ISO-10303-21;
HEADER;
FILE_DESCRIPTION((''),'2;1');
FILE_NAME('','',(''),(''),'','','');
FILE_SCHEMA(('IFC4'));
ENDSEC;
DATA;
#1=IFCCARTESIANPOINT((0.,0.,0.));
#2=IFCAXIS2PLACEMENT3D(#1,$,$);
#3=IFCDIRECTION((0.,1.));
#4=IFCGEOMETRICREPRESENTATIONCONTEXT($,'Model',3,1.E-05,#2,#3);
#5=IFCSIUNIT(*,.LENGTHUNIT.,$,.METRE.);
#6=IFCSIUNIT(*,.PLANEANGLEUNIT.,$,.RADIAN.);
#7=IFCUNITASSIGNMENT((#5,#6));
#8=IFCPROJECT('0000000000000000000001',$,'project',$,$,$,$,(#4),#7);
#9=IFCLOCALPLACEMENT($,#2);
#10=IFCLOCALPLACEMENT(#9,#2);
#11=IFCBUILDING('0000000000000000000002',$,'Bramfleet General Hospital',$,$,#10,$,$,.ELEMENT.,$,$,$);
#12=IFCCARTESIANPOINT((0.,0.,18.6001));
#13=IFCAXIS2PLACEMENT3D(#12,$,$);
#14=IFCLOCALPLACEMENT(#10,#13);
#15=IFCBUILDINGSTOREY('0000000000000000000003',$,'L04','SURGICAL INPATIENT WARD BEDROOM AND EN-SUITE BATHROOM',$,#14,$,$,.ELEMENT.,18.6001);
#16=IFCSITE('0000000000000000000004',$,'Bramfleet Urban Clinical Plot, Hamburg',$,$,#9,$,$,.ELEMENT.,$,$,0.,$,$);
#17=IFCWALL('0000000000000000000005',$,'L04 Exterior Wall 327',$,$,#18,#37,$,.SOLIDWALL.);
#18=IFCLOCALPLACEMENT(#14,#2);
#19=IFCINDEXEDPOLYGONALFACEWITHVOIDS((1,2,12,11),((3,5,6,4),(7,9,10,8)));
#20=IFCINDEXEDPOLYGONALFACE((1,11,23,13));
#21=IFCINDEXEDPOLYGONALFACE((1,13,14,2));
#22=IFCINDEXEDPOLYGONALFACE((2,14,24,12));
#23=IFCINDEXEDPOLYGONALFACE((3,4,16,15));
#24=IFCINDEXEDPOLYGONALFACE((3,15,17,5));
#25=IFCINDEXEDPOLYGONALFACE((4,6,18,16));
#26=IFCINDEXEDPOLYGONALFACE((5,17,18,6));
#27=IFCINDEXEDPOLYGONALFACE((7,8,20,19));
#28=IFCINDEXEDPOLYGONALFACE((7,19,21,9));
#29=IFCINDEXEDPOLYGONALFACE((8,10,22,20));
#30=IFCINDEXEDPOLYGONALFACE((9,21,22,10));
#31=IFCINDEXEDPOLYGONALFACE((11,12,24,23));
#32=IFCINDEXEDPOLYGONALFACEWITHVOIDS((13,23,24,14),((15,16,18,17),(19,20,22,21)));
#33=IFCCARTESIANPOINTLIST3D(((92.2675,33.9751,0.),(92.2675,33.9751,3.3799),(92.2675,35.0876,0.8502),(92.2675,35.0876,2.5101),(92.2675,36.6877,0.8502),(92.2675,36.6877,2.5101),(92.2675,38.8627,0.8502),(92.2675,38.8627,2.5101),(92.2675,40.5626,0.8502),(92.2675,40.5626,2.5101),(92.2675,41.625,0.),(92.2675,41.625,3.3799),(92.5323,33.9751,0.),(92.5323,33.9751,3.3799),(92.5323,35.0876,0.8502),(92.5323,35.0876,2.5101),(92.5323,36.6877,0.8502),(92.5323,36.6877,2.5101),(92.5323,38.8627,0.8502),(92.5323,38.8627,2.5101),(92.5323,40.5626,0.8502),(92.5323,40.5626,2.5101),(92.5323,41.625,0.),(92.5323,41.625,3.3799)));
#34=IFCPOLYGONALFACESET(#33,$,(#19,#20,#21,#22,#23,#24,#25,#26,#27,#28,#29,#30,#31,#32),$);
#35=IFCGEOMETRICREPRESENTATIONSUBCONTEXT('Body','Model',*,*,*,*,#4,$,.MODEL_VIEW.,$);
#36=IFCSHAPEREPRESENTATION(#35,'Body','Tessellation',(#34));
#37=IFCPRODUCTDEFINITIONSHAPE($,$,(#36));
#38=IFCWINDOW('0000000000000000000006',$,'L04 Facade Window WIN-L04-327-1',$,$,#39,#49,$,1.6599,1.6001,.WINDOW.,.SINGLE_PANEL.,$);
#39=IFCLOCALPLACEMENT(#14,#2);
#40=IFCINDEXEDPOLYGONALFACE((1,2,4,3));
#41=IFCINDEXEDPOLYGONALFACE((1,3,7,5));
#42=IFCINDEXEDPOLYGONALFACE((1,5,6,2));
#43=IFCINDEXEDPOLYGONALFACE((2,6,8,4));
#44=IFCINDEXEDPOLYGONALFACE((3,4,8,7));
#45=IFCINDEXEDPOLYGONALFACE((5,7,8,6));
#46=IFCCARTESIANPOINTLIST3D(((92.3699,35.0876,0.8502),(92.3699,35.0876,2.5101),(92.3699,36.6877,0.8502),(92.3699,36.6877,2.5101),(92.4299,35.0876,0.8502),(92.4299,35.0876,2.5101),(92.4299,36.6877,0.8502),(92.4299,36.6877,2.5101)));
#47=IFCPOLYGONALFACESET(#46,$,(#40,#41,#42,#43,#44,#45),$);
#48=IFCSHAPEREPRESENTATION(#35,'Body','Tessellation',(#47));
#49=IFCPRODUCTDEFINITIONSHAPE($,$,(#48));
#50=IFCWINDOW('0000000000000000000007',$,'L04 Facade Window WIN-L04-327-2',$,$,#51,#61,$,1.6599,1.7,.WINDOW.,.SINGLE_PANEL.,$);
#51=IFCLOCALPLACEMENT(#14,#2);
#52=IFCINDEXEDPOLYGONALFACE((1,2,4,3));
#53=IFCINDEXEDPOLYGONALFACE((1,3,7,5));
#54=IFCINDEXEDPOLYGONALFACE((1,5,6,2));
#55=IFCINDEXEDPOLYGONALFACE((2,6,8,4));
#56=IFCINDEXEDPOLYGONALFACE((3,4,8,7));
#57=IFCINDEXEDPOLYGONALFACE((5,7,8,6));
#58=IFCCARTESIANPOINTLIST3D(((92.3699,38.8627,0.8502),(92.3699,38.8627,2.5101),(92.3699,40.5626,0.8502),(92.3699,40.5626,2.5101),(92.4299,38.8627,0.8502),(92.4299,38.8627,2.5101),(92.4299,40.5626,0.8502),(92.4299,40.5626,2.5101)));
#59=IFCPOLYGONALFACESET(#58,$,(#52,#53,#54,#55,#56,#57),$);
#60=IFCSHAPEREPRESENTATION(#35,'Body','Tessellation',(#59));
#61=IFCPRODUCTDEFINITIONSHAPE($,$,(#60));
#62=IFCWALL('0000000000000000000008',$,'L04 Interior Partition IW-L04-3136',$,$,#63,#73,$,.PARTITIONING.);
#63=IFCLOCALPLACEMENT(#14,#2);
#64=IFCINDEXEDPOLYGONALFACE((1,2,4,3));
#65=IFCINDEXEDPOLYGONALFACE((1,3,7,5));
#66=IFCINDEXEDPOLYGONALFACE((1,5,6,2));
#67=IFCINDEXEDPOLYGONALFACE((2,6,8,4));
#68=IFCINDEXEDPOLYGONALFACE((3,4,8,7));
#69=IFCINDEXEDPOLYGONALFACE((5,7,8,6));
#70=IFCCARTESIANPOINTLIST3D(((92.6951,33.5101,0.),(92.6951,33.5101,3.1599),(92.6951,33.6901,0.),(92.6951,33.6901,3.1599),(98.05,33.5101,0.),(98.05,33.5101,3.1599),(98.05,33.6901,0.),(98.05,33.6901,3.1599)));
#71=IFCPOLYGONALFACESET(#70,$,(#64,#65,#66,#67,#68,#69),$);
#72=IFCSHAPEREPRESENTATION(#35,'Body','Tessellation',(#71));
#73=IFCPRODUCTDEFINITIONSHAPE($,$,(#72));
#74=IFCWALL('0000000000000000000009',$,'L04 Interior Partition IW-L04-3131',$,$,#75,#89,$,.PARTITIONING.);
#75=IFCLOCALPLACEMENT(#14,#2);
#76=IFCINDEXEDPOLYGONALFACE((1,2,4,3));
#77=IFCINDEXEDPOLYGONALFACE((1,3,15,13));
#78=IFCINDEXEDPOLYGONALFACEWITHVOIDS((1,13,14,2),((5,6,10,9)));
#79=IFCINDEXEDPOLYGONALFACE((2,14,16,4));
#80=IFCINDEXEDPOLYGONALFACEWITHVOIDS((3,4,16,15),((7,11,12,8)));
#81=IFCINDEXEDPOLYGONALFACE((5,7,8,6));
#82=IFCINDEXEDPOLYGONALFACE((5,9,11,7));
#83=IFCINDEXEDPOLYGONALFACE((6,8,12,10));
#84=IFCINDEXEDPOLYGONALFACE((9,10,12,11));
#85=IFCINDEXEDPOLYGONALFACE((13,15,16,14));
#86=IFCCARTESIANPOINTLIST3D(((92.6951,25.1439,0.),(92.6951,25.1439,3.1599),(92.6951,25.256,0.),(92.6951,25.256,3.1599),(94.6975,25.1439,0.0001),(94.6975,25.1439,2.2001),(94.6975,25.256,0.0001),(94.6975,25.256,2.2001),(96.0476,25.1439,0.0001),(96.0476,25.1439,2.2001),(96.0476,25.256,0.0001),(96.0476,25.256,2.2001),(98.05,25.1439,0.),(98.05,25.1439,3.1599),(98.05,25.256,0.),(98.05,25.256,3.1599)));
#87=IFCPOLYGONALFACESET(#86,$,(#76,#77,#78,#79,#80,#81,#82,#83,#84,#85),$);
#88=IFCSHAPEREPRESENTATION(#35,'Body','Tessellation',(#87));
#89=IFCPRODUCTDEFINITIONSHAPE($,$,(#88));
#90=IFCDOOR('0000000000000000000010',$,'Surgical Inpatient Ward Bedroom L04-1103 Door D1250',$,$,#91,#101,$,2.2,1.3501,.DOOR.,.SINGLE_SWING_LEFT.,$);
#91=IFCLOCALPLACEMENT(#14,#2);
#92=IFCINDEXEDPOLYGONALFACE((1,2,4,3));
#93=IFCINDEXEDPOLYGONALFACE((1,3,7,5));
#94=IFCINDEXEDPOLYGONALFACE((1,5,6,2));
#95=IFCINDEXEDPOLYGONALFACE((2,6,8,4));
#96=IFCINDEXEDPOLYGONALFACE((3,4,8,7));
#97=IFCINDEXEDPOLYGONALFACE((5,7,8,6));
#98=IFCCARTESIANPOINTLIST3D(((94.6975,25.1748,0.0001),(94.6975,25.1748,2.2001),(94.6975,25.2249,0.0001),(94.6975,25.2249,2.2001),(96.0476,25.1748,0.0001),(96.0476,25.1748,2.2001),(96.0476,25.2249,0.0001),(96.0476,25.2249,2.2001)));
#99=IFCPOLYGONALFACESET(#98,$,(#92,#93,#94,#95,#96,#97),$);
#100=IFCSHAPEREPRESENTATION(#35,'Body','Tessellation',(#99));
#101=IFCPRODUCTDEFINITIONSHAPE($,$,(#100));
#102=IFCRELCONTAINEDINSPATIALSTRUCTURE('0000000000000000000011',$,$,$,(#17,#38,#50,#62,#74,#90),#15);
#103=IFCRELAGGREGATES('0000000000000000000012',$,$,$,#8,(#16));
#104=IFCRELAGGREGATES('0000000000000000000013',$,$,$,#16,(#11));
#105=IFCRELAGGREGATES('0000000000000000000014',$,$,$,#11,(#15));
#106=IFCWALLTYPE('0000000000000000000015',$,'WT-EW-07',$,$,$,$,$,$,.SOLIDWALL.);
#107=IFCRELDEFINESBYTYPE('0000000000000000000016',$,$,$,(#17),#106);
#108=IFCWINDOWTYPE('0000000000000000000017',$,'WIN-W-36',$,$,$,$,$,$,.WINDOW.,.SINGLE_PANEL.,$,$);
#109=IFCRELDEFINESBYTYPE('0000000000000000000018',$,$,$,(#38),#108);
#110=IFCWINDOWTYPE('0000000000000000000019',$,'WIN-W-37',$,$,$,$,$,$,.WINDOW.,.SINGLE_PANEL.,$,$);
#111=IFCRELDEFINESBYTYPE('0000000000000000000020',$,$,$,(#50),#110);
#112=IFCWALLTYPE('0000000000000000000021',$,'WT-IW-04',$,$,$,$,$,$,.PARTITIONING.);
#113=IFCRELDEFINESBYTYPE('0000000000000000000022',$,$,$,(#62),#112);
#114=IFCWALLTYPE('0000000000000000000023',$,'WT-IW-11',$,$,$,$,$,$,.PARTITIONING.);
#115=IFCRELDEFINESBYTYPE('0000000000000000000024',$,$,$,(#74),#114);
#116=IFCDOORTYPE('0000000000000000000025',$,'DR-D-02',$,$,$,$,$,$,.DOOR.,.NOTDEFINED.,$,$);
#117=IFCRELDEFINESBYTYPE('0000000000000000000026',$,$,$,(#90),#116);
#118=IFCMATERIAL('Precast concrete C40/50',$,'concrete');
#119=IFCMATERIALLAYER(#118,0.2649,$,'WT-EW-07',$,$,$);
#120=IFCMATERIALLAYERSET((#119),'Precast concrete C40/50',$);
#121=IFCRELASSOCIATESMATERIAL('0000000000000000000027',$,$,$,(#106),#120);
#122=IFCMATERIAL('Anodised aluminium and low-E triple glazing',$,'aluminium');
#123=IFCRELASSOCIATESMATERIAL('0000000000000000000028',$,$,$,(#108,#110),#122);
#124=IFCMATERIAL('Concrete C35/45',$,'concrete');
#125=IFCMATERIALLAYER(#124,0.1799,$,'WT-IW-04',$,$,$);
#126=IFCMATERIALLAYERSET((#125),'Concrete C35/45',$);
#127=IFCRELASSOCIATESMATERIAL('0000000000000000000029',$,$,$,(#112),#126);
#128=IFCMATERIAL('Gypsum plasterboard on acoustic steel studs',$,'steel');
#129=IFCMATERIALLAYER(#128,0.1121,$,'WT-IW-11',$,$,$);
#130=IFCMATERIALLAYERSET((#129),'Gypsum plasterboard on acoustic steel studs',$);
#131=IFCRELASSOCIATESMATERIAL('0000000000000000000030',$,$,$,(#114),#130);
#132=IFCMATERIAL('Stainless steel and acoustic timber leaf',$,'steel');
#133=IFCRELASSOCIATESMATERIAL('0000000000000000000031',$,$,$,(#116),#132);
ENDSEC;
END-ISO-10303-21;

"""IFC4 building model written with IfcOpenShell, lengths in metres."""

from ifc_helpers import new_model, si_unit, direction, frame, frame_2d, origin, place, context, subcontext, project, spatial, rectangle, extrude, material, layer, layer_set, type_object, element, fill, save


model = new_model("IFC4")

# Units and contexts
model_context = context("Model", 3, precision=1e-05, world=origin(), true_north=direction((0.0, 1.0)))
body_context = subcontext(model_context, "Body", "Model", "MODEL_VIEW")
ifc_project = project(units=[si_unit("LENGTHUNIT", "METRE"), si_unit("PLANEANGLEUNIT", "RADIAN")], contexts=[model_context])

# Site, building, storey
site_placement = place(None, origin())
site = spatial("IfcSite", under=ifc_project, at=site_placement, Name="Bramfleet Urban Clinical Plot, Hamburg", CompositionType="ELEMENT", RefElevation=0.0)
building_placement = place(site_placement, origin())
building = spatial("IfcBuilding", under=site, at=building_placement, Name="Bramfleet General Hospital", CompositionType="ELEMENT")
storey_placement = place(building_placement, frame((0.0, 0.0, 18.6001)))
storey = spatial("IfcBuildingStorey", under=building, at=storey_placement, Name="L04", Description="SURGICAL INPATIENT WARD BEDROOM AND EN-SUITE BATHROOM", CompositionType="ELEMENT", Elevation=18.6001)

# Wall, openings, windows
ifc_material_1 = material(Name="Precast concrete C40/50", Category="concrete")
ifc_material_2 = material(Name="Anodised aluminium and low-E triple glazing", Category="aluminium")
ifc_layer_1 = layer(ifc_material_1, 0.2649, Name="WT-EW-07")
ifc_layer_set_1 = layer_set([ifc_layer_1], Name="Precast concrete C40/50")
wall_type_1 = type_object("IfcWallType", Name="WT-EW-07", PredefinedType="SOLIDWALL", material=ifc_layer_set_1)
wall_1_placement = place(storey_placement, frame((92.3999, 33.9751, 0.0), z_axis=(0.0, 0.0, 1.0), x_axis=(0.0, 1.0, 0.0)))
wall_1 = element("IfcWall", 1, at=wall_1_placement, inside=storey, type_object=wall_type_1, Name="L04 Exterior Wall 327", PredefinedType="SOLIDWALL", context=body_context, shape_type="SweptSolid", body=[
    extrude(rectangle(XDim=7.6499, YDim=0.2649, at=frame_2d((3.825, 0.0))), origin(), (0.0, 0.0, 1.0), 3.3799),
])
opening_1_placement = place(wall_1_placement, frame((1.1125, 0.0, 0.8501)))
opening_1 = element("IfcOpeningElement", 2, at=opening_1_placement, cuts=wall_1, PredefinedType="OPENING", context=body_context, shape_type="SweptSolid", body=[
    extrude(rectangle(XDim=1.6001, YDim=1.6599, at=frame_2d((0.8, 0.8301))), frame((0.0, 0.1423, 0.0), z_axis=(0.0, -1.0, 0.0), x_axis=(1.0, 0.0, 0.0)), (0.0, 0.0, 1.0), 0.2849),
])
opening_2_placement = place(wall_1_placement, frame((4.8875, 0.0, 0.8501)))
opening_2 = element("IfcOpeningElement", 3, at=opening_2_placement, cuts=wall_1, PredefinedType="OPENING", context=body_context, shape_type="SweptSolid", body=[
    extrude(rectangle(XDim=1.7, YDim=1.6599, at=frame_2d((0.8501, 0.8301))), frame((0.0, 0.1423, 0.0), z_axis=(0.0, -1.0, 0.0), x_axis=(1.0, 0.0, 0.0)), (0.0, 0.0, 1.0), 0.2849),
])
window_type_1 = type_object("IfcWindowType", Name="WIN-W-36", PartitioningType="SINGLE_PANEL", PredefinedType="WINDOW", material=ifc_material_2)
window_1_placement = place(opening_1_placement, origin())
window_1 = element("IfcWindow", 4, at=window_1_placement, inside=storey, type_object=window_type_1, Name="L04 Facade Window WIN-L04-327-1", OverallHeight=1.6599, OverallWidth=1.6001, PartitioningType="SINGLE_PANEL", PredefinedType="WINDOW", context=body_context, shape_type="SweptSolid", body=[
    extrude(rectangle(XDim=1.6001, YDim=1.6599, at=frame_2d((0.8, 0.8301))), frame((0.0, 0.03, 0.0), z_axis=(0.0, -1.0, 0.0), x_axis=(1.0, 0.0, 0.0)), (0.0, 0.0, 1.0), 0.0601),
])
fill(opening_1, window_1)
window_type_2 = type_object("IfcWindowType", Name="WIN-W-37", PartitioningType="SINGLE_PANEL", PredefinedType="WINDOW", material=ifc_material_2)
window_2_placement = place(opening_2_placement, origin())
window_2 = element("IfcWindow", 5, at=window_2_placement, inside=storey, type_object=window_type_2, Name="L04 Facade Window WIN-L04-327-2", OverallHeight=1.6599, OverallWidth=1.7, PartitioningType="SINGLE_PANEL", PredefinedType="WINDOW", context=body_context, shape_type="SweptSolid", body=[
    extrude(rectangle(XDim=1.7, YDim=1.6599, at=frame_2d((0.8501, 0.8301))), frame((0.0, 0.03, 0.0), z_axis=(0.0, -1.0, 0.0), x_axis=(1.0, 0.0, 0.0)), (0.0, 0.0, 1.0), 0.0601),
])
fill(opening_2, window_2)

# Wall
ifc_material_3 = material(Name="Concrete C35/45", Category="concrete")
ifc_layer_2 = layer(ifc_material_3, 0.1799, Name="WT-IW-04")
ifc_layer_set_2 = layer_set([ifc_layer_2], Name="Concrete C35/45")
wall_type_2 = type_object("IfcWallType", Name="WT-IW-04", PredefinedType="PARTITIONING", material=ifc_layer_set_2)
wall_2_placement = place(storey_placement, frame((92.6951, 33.6001, 0.0), z_axis=(0.0, 0.0, 1.0), x_axis=(1.0, 0.0, 0.0)))
element("IfcWall", 6, at=wall_2_placement, inside=storey, type_object=wall_type_2, Name="L04 Interior Partition IW-L04-3136", PredefinedType="PARTITIONING", context=body_context, shape_type="SweptSolid", body=[
    extrude(rectangle(XDim=5.355, YDim=0.1799, at=frame_2d((2.6775, 0.0))), origin(), (0.0, 0.0, 1.0), 3.1599),
])

# Wall, opening, door
ifc_material_4 = material(Name="Gypsum plasterboard on acoustic steel studs", Category="steel")
ifc_layer_3 = layer(ifc_material_4, 0.1121, Name="WT-IW-11")
ifc_layer_set_3 = layer_set([ifc_layer_3], Name="Gypsum plasterboard on acoustic steel studs")
wall_type_3 = type_object("IfcWallType", Name="WT-IW-11", PredefinedType="PARTITIONING", material=ifc_layer_set_3)
wall_3_placement = place(storey_placement, frame((92.6951, 25.2, 0.0), z_axis=(0.0, 0.0, 1.0), x_axis=(1.0, 0.0, 0.0)))
wall_3 = element("IfcWall", 7, at=wall_3_placement, inside=storey, type_object=wall_type_3, Name="L04 Interior Partition IW-L04-3131", PredefinedType="PARTITIONING", context=body_context, shape_type="SweptSolid", body=[
    extrude(rectangle(XDim=5.355, YDim=0.1121, at=frame_2d((2.6775, 0.0))), origin(), (0.0, 0.0, 1.0), 3.1599),
])
opening_3_placement = place(wall_3_placement, frame((2.0024, 0.0, 0.0)))
opening_3 = element("IfcOpeningElement", 8, at=opening_3_placement, cuts=wall_3, PredefinedType="OPENING", context=body_context, shape_type="SweptSolid", body=[
    extrude(rectangle(XDim=1.3501, YDim=2.2, at=frame_2d((0.675, 1.1001))), frame((0.0, 0.0659, 0.0), z_axis=(0.0, -1.0, 0.0), x_axis=(1.0, 0.0, 0.0)), (0.0, 0.0, 1.0), 0.1321),
])
ifc_material_5 = material(Name="Stainless steel and acoustic timber leaf", Category="steel")
door_type = type_object("IfcDoorType", Name="DR-D-02", OperationType="NOTDEFINED", PredefinedType="DOOR", material=ifc_material_5)
door_placement = place(opening_3_placement, origin())
door = element("IfcDoor", 9, at=door_placement, inside=storey, type_object=door_type, Name="Surgical Inpatient Ward Bedroom L04-1103 Door D1250", OperationType="SINGLE_SWING_LEFT", OverallHeight=2.2, OverallWidth=1.3501, PredefinedType="DOOR", context=body_context, shape_type="SweptSolid", body=[
    extrude(rectangle(XDim=1.3501, YDim=2.2, at=frame_2d((0.675, 1.1001))), frame((0.0, 0.0249, 0.0), z_axis=(0.0, -1.0, 0.0), x_axis=(1.0, 0.0, 0.0)), (0.0, 0.0, 1.0), 0.05),
])
fill(opening_3, door)

save(model, "model.ifc")
